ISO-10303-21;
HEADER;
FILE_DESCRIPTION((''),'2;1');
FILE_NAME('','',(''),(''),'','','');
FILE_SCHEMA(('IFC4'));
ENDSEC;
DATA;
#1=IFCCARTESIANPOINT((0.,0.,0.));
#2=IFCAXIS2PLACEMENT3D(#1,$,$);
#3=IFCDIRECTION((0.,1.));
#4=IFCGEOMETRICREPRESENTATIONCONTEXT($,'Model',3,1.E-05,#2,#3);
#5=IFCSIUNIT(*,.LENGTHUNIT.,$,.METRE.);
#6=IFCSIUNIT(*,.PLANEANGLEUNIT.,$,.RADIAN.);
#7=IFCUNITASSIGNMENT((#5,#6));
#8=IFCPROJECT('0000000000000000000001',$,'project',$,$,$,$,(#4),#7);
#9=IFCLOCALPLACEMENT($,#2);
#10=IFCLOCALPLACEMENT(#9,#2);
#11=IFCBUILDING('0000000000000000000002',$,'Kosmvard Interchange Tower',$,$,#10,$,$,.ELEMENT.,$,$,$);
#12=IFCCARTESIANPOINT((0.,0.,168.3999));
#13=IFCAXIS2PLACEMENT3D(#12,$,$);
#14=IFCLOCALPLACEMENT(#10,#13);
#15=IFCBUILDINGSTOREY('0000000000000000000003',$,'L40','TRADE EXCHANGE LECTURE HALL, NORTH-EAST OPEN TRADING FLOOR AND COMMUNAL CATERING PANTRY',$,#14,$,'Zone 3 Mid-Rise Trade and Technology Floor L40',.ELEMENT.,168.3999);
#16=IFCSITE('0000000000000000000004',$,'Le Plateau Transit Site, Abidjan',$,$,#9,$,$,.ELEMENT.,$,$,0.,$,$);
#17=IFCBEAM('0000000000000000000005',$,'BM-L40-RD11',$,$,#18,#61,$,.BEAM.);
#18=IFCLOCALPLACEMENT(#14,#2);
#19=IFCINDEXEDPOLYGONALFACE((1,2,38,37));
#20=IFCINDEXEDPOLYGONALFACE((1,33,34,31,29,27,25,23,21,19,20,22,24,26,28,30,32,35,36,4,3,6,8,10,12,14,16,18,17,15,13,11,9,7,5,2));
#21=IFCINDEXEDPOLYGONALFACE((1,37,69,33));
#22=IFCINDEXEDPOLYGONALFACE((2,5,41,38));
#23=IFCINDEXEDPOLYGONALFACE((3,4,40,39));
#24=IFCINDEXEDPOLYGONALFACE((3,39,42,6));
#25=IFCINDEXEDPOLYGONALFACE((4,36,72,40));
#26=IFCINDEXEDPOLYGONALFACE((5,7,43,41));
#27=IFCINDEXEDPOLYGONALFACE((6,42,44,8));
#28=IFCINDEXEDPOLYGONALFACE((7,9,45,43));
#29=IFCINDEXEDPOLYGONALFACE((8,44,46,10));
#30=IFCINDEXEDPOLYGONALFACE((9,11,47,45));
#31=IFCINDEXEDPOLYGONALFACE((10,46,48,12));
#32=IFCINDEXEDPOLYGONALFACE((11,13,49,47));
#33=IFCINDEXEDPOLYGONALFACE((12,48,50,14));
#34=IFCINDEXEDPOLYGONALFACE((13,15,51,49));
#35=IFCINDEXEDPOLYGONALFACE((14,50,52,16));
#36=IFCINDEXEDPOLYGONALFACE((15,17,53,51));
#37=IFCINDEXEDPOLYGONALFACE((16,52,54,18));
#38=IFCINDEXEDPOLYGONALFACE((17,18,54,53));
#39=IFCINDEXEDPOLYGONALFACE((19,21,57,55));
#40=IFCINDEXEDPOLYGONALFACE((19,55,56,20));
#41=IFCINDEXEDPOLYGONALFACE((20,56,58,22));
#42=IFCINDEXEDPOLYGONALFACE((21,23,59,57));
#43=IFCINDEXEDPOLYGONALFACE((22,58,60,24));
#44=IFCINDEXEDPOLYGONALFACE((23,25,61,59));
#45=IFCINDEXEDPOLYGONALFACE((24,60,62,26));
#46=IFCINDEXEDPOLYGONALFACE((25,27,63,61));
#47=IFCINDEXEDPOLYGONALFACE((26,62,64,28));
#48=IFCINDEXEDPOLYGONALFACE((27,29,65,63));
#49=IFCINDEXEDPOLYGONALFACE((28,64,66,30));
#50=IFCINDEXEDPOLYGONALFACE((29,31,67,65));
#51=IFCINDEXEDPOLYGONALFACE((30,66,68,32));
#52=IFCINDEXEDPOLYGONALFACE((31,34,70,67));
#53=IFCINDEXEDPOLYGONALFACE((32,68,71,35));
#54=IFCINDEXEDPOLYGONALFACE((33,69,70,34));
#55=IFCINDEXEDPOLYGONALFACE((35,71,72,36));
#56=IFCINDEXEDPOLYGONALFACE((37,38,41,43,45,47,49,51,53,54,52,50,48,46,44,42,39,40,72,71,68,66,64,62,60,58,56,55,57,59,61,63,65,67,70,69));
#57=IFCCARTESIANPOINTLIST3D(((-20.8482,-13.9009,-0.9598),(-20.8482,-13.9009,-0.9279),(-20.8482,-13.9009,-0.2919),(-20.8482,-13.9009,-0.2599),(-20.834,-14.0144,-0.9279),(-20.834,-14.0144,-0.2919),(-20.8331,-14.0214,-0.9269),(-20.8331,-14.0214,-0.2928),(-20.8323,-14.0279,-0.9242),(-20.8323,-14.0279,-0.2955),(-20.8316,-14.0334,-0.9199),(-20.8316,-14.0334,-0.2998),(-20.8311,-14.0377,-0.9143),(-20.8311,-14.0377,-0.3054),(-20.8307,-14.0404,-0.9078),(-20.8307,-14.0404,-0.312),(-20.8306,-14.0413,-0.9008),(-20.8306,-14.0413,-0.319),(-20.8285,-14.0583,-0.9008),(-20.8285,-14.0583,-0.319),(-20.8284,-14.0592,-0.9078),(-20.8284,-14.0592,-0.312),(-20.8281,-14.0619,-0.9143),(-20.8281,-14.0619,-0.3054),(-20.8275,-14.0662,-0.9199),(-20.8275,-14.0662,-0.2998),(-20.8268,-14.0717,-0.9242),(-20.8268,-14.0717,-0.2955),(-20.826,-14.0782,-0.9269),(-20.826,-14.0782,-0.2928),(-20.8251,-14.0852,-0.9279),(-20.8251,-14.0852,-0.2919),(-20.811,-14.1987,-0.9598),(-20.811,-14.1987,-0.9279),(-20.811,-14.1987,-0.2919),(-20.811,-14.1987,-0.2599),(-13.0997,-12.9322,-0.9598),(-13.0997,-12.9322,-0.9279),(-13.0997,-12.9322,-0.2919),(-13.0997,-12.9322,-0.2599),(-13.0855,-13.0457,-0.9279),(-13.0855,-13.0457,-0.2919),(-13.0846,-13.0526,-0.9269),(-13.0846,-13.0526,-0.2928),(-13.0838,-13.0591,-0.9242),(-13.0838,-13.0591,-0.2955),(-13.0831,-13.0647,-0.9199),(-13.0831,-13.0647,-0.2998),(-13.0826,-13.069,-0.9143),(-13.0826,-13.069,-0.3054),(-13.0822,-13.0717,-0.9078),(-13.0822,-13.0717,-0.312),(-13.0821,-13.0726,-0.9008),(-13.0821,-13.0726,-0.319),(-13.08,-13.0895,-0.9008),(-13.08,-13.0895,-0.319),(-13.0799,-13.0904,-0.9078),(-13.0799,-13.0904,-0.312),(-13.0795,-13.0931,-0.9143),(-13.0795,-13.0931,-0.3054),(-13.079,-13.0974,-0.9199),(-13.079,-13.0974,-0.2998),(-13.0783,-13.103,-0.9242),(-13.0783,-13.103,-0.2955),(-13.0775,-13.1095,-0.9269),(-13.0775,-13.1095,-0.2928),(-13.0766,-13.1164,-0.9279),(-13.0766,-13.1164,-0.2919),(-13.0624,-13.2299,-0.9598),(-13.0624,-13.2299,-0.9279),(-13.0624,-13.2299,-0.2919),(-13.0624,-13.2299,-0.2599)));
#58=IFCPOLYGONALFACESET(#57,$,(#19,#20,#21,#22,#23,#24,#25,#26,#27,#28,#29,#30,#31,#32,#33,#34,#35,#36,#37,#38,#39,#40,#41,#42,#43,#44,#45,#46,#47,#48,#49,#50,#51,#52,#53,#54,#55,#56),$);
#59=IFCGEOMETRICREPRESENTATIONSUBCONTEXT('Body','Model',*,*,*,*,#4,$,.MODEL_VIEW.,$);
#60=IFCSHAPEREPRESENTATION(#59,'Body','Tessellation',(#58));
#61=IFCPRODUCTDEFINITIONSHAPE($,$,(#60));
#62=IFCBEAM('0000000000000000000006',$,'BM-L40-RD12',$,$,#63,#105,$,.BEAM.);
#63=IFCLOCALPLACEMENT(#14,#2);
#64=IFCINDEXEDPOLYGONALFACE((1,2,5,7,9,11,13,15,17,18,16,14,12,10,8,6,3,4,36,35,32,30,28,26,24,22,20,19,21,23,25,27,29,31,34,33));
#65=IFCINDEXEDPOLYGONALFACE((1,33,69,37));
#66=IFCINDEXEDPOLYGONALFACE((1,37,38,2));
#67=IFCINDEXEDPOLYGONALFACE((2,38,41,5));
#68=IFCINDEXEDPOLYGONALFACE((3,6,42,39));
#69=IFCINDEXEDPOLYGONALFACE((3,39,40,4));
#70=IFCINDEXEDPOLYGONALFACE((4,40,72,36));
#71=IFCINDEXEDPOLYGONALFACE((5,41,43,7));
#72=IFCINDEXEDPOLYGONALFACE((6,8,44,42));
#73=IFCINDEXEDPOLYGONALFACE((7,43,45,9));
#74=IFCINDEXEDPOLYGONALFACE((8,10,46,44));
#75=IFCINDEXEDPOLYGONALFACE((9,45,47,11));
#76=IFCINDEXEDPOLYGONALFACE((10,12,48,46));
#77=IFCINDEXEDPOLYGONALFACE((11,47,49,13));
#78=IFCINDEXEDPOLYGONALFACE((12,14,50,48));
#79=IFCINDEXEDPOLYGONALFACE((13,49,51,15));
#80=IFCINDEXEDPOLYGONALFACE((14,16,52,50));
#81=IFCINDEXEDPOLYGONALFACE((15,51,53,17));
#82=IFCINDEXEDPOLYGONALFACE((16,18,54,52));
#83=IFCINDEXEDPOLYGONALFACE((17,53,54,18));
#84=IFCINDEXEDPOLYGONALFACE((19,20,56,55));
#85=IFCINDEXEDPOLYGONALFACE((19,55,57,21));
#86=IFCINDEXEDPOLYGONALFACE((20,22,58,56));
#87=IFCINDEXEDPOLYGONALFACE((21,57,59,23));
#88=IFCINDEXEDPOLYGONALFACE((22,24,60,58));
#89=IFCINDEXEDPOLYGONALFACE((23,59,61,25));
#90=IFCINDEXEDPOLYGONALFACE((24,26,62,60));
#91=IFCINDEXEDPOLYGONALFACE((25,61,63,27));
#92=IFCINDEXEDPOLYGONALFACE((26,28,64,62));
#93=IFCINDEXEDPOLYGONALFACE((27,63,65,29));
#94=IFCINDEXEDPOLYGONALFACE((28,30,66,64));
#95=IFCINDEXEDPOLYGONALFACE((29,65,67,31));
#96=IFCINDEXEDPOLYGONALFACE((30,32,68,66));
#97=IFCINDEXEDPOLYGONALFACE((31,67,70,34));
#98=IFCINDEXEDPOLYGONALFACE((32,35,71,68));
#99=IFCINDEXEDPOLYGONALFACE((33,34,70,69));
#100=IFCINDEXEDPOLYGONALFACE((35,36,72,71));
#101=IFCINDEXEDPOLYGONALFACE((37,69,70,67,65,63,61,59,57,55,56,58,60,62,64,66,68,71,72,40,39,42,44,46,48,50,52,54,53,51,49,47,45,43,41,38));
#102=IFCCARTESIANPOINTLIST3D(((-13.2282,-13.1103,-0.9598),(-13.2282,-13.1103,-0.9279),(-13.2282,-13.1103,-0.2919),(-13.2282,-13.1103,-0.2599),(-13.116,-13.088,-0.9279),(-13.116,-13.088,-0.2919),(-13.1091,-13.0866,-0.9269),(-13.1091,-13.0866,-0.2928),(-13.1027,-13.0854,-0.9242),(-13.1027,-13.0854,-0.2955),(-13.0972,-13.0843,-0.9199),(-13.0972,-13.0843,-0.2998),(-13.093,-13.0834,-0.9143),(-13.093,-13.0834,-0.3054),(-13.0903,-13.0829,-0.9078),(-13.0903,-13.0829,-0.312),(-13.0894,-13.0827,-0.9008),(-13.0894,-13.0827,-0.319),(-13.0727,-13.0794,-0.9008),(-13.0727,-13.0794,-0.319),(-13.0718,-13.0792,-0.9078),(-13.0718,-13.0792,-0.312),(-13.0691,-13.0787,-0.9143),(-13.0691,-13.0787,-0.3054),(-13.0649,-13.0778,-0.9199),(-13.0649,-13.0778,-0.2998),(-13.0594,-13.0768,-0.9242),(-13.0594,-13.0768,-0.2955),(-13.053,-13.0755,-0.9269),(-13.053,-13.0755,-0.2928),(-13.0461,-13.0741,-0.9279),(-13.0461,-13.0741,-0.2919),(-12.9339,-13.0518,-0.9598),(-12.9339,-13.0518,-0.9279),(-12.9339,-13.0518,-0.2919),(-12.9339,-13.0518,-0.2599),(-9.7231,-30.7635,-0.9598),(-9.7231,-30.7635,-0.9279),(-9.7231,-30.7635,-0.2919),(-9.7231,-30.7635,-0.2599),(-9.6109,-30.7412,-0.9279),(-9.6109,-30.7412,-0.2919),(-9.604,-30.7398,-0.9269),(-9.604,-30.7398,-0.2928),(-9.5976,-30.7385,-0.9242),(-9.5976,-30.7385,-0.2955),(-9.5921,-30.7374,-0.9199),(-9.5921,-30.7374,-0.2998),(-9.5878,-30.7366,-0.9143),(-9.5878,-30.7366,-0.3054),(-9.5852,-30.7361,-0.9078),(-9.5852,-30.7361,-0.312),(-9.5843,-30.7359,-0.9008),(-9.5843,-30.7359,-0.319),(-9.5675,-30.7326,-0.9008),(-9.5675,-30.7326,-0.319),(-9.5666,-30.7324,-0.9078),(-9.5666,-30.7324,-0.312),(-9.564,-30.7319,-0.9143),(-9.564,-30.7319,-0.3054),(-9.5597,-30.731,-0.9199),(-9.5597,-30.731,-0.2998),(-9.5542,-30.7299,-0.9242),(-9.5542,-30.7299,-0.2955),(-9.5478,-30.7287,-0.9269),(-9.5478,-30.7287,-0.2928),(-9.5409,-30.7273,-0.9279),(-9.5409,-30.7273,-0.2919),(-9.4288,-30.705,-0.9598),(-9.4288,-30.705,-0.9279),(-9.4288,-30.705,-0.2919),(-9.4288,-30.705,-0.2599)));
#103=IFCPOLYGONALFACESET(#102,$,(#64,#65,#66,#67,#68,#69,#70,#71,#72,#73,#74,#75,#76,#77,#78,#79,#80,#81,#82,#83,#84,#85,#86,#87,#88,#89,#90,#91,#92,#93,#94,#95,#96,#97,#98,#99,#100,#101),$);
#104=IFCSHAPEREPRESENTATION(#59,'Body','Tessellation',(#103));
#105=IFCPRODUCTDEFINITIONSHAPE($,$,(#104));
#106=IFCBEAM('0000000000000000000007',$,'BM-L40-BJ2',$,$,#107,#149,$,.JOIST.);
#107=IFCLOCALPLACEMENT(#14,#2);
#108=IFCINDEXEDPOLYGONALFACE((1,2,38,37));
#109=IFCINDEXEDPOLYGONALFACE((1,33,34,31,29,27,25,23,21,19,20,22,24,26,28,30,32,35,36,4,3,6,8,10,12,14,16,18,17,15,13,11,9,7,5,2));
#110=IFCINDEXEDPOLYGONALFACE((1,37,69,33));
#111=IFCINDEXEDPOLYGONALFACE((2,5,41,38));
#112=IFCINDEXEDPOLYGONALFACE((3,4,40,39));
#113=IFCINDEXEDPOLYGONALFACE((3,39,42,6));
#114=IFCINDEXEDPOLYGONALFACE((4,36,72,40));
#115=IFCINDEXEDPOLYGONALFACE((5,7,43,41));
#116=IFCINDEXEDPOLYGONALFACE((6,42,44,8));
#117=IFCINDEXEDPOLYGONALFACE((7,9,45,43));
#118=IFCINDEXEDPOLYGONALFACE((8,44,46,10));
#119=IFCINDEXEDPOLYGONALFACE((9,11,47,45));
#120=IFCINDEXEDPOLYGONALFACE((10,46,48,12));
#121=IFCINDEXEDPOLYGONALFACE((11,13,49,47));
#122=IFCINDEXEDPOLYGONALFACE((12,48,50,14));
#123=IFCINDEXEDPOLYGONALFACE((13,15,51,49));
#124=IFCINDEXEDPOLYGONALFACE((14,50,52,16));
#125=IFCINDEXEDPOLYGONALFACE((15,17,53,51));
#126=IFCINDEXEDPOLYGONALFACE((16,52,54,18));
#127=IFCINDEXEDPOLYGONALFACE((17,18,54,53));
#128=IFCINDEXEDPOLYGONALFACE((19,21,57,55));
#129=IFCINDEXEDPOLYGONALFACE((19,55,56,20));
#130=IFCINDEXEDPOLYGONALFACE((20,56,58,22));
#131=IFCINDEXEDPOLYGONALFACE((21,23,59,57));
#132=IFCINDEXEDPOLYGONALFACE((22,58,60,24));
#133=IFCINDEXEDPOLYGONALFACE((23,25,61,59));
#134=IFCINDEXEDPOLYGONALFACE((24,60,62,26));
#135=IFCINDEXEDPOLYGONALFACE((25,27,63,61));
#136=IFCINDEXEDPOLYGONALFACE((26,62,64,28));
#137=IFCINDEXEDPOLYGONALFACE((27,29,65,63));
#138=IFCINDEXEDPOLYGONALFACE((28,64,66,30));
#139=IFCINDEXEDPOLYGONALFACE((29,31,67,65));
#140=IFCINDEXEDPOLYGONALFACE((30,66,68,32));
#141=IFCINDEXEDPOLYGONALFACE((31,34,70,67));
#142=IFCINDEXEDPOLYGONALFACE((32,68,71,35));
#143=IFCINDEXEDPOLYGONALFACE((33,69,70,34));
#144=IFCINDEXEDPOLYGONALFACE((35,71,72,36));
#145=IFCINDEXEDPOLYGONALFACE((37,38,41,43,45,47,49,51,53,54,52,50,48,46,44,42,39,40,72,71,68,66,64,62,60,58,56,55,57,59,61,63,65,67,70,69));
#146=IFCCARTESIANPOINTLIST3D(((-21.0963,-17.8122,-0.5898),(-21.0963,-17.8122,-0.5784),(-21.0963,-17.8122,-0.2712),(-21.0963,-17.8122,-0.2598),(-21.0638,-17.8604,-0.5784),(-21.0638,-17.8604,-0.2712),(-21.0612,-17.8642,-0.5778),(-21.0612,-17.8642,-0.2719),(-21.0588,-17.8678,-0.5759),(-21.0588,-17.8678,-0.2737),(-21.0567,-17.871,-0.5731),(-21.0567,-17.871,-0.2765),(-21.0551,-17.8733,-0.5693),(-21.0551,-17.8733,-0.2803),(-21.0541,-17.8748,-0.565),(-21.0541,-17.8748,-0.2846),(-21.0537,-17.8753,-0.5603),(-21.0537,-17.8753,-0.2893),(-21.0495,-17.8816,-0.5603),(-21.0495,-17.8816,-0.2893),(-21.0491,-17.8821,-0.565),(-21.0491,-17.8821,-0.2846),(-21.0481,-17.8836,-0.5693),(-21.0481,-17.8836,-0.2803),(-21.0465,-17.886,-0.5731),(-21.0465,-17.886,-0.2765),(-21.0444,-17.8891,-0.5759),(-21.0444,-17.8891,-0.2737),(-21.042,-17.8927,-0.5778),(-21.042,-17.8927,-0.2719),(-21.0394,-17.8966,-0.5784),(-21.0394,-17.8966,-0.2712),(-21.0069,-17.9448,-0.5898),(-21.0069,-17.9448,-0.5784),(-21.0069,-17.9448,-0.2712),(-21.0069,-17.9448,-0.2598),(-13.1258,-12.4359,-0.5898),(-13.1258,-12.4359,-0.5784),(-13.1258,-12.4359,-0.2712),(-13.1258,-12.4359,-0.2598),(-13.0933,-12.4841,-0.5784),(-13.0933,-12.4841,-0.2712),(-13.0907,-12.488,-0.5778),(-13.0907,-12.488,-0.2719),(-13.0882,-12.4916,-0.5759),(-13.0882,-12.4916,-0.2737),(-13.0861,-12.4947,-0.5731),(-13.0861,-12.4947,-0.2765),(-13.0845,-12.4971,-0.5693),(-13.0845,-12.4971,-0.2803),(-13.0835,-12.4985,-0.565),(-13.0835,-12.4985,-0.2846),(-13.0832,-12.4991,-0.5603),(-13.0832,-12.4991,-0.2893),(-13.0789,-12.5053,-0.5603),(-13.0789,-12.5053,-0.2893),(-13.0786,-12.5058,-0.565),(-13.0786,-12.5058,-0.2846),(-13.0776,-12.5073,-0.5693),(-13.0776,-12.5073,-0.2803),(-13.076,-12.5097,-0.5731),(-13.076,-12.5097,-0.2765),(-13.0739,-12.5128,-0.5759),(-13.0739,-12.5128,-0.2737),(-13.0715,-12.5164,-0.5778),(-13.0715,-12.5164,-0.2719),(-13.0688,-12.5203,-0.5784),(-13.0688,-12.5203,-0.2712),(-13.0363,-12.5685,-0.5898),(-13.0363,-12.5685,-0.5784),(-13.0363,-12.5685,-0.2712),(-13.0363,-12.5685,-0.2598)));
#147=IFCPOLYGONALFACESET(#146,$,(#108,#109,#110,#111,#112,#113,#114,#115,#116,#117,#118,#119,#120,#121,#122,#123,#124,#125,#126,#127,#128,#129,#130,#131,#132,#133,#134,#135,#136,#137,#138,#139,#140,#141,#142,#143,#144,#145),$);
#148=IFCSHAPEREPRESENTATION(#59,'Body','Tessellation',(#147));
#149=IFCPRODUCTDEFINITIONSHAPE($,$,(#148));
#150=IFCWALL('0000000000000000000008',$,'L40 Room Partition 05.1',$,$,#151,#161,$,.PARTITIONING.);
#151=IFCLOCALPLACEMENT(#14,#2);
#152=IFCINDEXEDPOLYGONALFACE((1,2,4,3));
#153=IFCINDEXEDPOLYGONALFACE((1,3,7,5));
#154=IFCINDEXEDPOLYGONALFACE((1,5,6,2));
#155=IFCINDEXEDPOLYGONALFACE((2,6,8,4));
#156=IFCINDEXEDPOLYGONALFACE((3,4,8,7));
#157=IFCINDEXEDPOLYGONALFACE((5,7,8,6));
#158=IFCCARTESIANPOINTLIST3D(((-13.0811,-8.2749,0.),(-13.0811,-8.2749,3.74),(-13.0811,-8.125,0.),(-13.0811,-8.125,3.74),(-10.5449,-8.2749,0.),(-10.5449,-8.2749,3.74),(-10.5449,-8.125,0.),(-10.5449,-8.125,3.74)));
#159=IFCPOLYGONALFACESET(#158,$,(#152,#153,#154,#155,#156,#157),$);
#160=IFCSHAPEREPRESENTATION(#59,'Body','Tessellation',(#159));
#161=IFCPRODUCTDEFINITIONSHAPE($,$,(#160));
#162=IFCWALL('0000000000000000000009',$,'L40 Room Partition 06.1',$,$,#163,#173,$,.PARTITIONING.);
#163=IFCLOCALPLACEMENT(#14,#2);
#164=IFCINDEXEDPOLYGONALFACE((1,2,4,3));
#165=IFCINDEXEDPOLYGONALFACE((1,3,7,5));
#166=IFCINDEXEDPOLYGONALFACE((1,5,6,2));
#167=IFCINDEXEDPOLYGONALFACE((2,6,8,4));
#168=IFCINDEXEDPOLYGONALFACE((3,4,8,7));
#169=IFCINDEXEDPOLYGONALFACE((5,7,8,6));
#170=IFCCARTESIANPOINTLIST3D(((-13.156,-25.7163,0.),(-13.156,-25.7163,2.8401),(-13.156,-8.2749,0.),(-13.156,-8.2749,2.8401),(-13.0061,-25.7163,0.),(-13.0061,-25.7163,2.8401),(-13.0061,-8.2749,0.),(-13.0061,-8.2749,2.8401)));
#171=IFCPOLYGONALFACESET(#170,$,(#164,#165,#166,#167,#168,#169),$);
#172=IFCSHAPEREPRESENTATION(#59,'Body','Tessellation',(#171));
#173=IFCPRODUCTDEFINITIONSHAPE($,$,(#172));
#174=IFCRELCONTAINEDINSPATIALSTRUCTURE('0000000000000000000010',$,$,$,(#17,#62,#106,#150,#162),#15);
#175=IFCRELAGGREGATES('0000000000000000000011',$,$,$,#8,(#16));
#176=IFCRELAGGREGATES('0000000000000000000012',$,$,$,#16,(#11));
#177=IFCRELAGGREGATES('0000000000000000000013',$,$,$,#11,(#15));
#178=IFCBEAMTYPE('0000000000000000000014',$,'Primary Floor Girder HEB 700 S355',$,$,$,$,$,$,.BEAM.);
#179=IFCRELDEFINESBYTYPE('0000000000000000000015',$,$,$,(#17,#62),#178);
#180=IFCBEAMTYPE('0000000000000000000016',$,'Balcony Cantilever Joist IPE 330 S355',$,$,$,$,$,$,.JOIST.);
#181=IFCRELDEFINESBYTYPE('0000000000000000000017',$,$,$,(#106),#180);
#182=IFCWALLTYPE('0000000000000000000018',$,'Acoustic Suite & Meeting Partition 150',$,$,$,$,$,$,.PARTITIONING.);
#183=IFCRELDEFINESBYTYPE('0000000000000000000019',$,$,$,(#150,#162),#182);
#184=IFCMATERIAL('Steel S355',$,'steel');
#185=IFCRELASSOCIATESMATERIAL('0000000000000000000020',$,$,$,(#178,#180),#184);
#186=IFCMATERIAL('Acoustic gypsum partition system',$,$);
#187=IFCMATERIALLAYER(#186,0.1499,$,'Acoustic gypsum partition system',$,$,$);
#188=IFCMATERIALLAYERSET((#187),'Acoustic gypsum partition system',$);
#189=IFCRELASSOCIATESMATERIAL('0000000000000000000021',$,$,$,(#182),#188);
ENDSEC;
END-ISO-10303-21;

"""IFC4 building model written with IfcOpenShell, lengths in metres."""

from ifc_helpers import new_model, si_unit, direction, frame, frame_2d, origin, origin_2d, place, context, subcontext, project, spatial, rectangle, i_section, extrude, source, transform, mapped, material, layer, layer_set, material_profile, profile_set, type_object, element, save


model = new_model("IFC4")

# Units and contexts
model_context = context("Model", 3, precision=1e-05, world=origin(), true_north=direction((0.0, 1.0)))
body_context = subcontext(model_context, "Body", "Model", "MODEL_VIEW")
ifc_project = project(units=[si_unit("LENGTHUNIT", "METRE"), si_unit("PLANEANGLEUNIT", "RADIAN")], contexts=[model_context])

# Site, building, storey
site_placement = place(None, origin())
site = spatial("IfcSite", under=ifc_project, at=site_placement, Name="Le Plateau Transit Site, Abidjan", CompositionType="ELEMENT", RefElevation=0.0)
building_placement = place(site_placement, origin())
building = spatial("IfcBuilding", under=site, at=building_placement, Name="Kosmvard Interchange Tower", CompositionType="ELEMENT")
storey_placement = place(building_placement, frame((0.0, 0.0, 168.3999)))
storey = spatial("IfcBuildingStorey", under=building, at=storey_placement, Name="L40", Description="TRADE EXCHANGE LECTURE HALL, NORTH-EAST OPEN TRADING FLOOR AND COMMUNAL CATERING PANTRY", LongName="Zone 3 Mid-Rise Trade and Technology Floor L40", CompositionType="ELEMENT", Elevation=168.3999)

# Beams
ifc_material_1 = material(Name="Steel S355", Category="steel")
ifc_material_profile_1 = material_profile(ifc_material_1, i_section(OverallWidth=0.3, OverallDepth=0.7, WebThickness=0.0171, FlangeThickness=0.032, FilletRadius=0.0271, at=origin_2d()), Name="HEB 700")
ifc_profile_set_1 = profile_set([ifc_material_profile_1], Name="Steel S355")
beam_type_1 = type_object("IfcBeamType", Name="Primary Floor Girder HEB 700 S355", PredefinedType="BEAM", material=ifc_profile_set_1)
shared_shape_1 = source(origin(), body_context, "Body", "SweptSolid", [
    extrude(i_section(OverallWidth=0.3, OverallDepth=0.7, WebThickness=0.0171, FlangeThickness=0.032, FilletRadius=0.0271, at=origin_2d()), origin(), (0.0, 0.0, 1.0), 7.8088),
])
beam_1_placement = place(storey_placement, frame((-13.0811, -13.0811, -0.6099), z_axis=(-0.992275, -0.124058, 0.0), x_axis=(0.124058, -0.992275, 0.0)))
element("IfcBeam", 1, at=beam_1_placement, inside=storey, type_object=beam_type_1, Name="BM-L40-RD11", PredefinedType="BEAM", context=body_context, shape_type="MappedRepresentation", body=[
    mapped(shared_shape_1, transform((0.0, 0.0, 0.0), scale=1.0)),
])
shared_shape_2 = source(origin(), body_context, "Body", "SweptSolid", [
    extrude(i_section(OverallWidth=0.3, OverallDepth=0.7, WebThickness=0.0171, FlangeThickness=0.032, FilletRadius=0.0271, at=origin_2d()), origin(), (0.0, 0.0, 1.0), 17.9978),
])
beam_2_placement = place(storey_placement, frame((-13.0811, -13.0811, -0.6099), z_axis=(0.194754, -0.980852, 0.0), x_axis=(0.980852, 0.194754, 0.0)))
element("IfcBeam", 2, at=beam_2_placement, inside=storey, type_object=beam_type_1, Name="BM-L40-RD12", PredefinedType="BEAM", context=body_context, shape_type="MappedRepresentation", body=[
    mapped(shared_shape_2, transform((0.0, 0.0, 0.0), scale=1.0)),
])
ifc_material_profile_2 = material_profile(ifc_material_1, i_section(OverallWidth=0.1599, OverallDepth=0.3301, WebThickness=0.0076, FlangeThickness=0.0115, FilletRadius=0.0181, at=origin_2d()), Name="IPE 330")
ifc_profile_set_2 = profile_set([ifc_material_profile_2], Name="Steel S355")
beam_type_2 = type_object("IfcBeamType", Name="Balcony Cantilever Joist IPE 330 S355", PredefinedType="JOIST", material=ifc_profile_set_2)
shared_shape_3 = source(origin(), body_context, "Body", "SweptSolid", [
    extrude(i_section(OverallWidth=0.1599, OverallDepth=0.3301, WebThickness=0.0076, FlangeThickness=0.0115, FilletRadius=0.0181, at=origin_2d()), origin(), (0.0, 0.0, 1.0), 9.6143),
])
beam_3_placement = place(storey_placement, frame((-13.0811, -12.5022, -0.4248), z_axis=(-0.829034, -0.559198, 0.0), x_axis=(0.559198, -0.829034, 0.0)))
element("IfcBeam", 3, at=beam_3_placement, inside=storey, type_object=beam_type_2, Name="BM-L40-BJ2", PredefinedType="JOIST", context=body_context, shape_type="MappedRepresentation", body=[
    mapped(shared_shape_3, transform((0.0, 0.0, 0.0), scale=1.0)),
])

# Walls
ifc_material_2 = material(Name="Acoustic gypsum partition system")
ifc_layer_1 = layer(ifc_material_2, 0.1499, Name="Acoustic gypsum partition system")
ifc_layer_set_1 = layer_set([ifc_layer_1], Name="Acoustic gypsum partition system")
wall_type_1 = type_object("IfcWallType", Name="Acoustic Suite & Meeting Partition 150", PredefinedType="PARTITIONING", material=ifc_layer_set_1)
wall_1_placement = place(storey_placement, frame((-10.5449, -8.2, 0.0), z_axis=(0.0, 0.0, 1.0), x_axis=(-1.0, 0.0, 0.0)))
element("IfcWall", 4, at=wall_1_placement, inside=storey, type_object=wall_type_1, Name="L40 Room Partition 05.1", PredefinedType="PARTITIONING", context=body_context, shape_type="SweptSolid", body=[
    extrude(rectangle(XDim=2.5361, YDim=0.1499, at=frame_2d((1.2681, 0.0))), origin(), (0.0, 0.0, 1.0), 3.74),
])
wall_2_placement = place(storey_placement, frame((-13.0811, -8.2749, 0.0), z_axis=(0.0, 0.0, 1.0), x_axis=(0.0, -1.0, 0.0)))
element("IfcWall", 5, at=wall_2_placement, inside=storey, type_object=wall_type_1, Name="L40 Room Partition 06.1", PredefinedType="PARTITIONING", context=body_context, shape_type="SweptSolid", body=[
    extrude(rectangle(XDim=17.4414, YDim=0.1499, at=frame_2d((8.7207, 0.0))), origin(), (0.0, 0.0, 1.0), 2.8401),
])

save(model, "model.ifc")
